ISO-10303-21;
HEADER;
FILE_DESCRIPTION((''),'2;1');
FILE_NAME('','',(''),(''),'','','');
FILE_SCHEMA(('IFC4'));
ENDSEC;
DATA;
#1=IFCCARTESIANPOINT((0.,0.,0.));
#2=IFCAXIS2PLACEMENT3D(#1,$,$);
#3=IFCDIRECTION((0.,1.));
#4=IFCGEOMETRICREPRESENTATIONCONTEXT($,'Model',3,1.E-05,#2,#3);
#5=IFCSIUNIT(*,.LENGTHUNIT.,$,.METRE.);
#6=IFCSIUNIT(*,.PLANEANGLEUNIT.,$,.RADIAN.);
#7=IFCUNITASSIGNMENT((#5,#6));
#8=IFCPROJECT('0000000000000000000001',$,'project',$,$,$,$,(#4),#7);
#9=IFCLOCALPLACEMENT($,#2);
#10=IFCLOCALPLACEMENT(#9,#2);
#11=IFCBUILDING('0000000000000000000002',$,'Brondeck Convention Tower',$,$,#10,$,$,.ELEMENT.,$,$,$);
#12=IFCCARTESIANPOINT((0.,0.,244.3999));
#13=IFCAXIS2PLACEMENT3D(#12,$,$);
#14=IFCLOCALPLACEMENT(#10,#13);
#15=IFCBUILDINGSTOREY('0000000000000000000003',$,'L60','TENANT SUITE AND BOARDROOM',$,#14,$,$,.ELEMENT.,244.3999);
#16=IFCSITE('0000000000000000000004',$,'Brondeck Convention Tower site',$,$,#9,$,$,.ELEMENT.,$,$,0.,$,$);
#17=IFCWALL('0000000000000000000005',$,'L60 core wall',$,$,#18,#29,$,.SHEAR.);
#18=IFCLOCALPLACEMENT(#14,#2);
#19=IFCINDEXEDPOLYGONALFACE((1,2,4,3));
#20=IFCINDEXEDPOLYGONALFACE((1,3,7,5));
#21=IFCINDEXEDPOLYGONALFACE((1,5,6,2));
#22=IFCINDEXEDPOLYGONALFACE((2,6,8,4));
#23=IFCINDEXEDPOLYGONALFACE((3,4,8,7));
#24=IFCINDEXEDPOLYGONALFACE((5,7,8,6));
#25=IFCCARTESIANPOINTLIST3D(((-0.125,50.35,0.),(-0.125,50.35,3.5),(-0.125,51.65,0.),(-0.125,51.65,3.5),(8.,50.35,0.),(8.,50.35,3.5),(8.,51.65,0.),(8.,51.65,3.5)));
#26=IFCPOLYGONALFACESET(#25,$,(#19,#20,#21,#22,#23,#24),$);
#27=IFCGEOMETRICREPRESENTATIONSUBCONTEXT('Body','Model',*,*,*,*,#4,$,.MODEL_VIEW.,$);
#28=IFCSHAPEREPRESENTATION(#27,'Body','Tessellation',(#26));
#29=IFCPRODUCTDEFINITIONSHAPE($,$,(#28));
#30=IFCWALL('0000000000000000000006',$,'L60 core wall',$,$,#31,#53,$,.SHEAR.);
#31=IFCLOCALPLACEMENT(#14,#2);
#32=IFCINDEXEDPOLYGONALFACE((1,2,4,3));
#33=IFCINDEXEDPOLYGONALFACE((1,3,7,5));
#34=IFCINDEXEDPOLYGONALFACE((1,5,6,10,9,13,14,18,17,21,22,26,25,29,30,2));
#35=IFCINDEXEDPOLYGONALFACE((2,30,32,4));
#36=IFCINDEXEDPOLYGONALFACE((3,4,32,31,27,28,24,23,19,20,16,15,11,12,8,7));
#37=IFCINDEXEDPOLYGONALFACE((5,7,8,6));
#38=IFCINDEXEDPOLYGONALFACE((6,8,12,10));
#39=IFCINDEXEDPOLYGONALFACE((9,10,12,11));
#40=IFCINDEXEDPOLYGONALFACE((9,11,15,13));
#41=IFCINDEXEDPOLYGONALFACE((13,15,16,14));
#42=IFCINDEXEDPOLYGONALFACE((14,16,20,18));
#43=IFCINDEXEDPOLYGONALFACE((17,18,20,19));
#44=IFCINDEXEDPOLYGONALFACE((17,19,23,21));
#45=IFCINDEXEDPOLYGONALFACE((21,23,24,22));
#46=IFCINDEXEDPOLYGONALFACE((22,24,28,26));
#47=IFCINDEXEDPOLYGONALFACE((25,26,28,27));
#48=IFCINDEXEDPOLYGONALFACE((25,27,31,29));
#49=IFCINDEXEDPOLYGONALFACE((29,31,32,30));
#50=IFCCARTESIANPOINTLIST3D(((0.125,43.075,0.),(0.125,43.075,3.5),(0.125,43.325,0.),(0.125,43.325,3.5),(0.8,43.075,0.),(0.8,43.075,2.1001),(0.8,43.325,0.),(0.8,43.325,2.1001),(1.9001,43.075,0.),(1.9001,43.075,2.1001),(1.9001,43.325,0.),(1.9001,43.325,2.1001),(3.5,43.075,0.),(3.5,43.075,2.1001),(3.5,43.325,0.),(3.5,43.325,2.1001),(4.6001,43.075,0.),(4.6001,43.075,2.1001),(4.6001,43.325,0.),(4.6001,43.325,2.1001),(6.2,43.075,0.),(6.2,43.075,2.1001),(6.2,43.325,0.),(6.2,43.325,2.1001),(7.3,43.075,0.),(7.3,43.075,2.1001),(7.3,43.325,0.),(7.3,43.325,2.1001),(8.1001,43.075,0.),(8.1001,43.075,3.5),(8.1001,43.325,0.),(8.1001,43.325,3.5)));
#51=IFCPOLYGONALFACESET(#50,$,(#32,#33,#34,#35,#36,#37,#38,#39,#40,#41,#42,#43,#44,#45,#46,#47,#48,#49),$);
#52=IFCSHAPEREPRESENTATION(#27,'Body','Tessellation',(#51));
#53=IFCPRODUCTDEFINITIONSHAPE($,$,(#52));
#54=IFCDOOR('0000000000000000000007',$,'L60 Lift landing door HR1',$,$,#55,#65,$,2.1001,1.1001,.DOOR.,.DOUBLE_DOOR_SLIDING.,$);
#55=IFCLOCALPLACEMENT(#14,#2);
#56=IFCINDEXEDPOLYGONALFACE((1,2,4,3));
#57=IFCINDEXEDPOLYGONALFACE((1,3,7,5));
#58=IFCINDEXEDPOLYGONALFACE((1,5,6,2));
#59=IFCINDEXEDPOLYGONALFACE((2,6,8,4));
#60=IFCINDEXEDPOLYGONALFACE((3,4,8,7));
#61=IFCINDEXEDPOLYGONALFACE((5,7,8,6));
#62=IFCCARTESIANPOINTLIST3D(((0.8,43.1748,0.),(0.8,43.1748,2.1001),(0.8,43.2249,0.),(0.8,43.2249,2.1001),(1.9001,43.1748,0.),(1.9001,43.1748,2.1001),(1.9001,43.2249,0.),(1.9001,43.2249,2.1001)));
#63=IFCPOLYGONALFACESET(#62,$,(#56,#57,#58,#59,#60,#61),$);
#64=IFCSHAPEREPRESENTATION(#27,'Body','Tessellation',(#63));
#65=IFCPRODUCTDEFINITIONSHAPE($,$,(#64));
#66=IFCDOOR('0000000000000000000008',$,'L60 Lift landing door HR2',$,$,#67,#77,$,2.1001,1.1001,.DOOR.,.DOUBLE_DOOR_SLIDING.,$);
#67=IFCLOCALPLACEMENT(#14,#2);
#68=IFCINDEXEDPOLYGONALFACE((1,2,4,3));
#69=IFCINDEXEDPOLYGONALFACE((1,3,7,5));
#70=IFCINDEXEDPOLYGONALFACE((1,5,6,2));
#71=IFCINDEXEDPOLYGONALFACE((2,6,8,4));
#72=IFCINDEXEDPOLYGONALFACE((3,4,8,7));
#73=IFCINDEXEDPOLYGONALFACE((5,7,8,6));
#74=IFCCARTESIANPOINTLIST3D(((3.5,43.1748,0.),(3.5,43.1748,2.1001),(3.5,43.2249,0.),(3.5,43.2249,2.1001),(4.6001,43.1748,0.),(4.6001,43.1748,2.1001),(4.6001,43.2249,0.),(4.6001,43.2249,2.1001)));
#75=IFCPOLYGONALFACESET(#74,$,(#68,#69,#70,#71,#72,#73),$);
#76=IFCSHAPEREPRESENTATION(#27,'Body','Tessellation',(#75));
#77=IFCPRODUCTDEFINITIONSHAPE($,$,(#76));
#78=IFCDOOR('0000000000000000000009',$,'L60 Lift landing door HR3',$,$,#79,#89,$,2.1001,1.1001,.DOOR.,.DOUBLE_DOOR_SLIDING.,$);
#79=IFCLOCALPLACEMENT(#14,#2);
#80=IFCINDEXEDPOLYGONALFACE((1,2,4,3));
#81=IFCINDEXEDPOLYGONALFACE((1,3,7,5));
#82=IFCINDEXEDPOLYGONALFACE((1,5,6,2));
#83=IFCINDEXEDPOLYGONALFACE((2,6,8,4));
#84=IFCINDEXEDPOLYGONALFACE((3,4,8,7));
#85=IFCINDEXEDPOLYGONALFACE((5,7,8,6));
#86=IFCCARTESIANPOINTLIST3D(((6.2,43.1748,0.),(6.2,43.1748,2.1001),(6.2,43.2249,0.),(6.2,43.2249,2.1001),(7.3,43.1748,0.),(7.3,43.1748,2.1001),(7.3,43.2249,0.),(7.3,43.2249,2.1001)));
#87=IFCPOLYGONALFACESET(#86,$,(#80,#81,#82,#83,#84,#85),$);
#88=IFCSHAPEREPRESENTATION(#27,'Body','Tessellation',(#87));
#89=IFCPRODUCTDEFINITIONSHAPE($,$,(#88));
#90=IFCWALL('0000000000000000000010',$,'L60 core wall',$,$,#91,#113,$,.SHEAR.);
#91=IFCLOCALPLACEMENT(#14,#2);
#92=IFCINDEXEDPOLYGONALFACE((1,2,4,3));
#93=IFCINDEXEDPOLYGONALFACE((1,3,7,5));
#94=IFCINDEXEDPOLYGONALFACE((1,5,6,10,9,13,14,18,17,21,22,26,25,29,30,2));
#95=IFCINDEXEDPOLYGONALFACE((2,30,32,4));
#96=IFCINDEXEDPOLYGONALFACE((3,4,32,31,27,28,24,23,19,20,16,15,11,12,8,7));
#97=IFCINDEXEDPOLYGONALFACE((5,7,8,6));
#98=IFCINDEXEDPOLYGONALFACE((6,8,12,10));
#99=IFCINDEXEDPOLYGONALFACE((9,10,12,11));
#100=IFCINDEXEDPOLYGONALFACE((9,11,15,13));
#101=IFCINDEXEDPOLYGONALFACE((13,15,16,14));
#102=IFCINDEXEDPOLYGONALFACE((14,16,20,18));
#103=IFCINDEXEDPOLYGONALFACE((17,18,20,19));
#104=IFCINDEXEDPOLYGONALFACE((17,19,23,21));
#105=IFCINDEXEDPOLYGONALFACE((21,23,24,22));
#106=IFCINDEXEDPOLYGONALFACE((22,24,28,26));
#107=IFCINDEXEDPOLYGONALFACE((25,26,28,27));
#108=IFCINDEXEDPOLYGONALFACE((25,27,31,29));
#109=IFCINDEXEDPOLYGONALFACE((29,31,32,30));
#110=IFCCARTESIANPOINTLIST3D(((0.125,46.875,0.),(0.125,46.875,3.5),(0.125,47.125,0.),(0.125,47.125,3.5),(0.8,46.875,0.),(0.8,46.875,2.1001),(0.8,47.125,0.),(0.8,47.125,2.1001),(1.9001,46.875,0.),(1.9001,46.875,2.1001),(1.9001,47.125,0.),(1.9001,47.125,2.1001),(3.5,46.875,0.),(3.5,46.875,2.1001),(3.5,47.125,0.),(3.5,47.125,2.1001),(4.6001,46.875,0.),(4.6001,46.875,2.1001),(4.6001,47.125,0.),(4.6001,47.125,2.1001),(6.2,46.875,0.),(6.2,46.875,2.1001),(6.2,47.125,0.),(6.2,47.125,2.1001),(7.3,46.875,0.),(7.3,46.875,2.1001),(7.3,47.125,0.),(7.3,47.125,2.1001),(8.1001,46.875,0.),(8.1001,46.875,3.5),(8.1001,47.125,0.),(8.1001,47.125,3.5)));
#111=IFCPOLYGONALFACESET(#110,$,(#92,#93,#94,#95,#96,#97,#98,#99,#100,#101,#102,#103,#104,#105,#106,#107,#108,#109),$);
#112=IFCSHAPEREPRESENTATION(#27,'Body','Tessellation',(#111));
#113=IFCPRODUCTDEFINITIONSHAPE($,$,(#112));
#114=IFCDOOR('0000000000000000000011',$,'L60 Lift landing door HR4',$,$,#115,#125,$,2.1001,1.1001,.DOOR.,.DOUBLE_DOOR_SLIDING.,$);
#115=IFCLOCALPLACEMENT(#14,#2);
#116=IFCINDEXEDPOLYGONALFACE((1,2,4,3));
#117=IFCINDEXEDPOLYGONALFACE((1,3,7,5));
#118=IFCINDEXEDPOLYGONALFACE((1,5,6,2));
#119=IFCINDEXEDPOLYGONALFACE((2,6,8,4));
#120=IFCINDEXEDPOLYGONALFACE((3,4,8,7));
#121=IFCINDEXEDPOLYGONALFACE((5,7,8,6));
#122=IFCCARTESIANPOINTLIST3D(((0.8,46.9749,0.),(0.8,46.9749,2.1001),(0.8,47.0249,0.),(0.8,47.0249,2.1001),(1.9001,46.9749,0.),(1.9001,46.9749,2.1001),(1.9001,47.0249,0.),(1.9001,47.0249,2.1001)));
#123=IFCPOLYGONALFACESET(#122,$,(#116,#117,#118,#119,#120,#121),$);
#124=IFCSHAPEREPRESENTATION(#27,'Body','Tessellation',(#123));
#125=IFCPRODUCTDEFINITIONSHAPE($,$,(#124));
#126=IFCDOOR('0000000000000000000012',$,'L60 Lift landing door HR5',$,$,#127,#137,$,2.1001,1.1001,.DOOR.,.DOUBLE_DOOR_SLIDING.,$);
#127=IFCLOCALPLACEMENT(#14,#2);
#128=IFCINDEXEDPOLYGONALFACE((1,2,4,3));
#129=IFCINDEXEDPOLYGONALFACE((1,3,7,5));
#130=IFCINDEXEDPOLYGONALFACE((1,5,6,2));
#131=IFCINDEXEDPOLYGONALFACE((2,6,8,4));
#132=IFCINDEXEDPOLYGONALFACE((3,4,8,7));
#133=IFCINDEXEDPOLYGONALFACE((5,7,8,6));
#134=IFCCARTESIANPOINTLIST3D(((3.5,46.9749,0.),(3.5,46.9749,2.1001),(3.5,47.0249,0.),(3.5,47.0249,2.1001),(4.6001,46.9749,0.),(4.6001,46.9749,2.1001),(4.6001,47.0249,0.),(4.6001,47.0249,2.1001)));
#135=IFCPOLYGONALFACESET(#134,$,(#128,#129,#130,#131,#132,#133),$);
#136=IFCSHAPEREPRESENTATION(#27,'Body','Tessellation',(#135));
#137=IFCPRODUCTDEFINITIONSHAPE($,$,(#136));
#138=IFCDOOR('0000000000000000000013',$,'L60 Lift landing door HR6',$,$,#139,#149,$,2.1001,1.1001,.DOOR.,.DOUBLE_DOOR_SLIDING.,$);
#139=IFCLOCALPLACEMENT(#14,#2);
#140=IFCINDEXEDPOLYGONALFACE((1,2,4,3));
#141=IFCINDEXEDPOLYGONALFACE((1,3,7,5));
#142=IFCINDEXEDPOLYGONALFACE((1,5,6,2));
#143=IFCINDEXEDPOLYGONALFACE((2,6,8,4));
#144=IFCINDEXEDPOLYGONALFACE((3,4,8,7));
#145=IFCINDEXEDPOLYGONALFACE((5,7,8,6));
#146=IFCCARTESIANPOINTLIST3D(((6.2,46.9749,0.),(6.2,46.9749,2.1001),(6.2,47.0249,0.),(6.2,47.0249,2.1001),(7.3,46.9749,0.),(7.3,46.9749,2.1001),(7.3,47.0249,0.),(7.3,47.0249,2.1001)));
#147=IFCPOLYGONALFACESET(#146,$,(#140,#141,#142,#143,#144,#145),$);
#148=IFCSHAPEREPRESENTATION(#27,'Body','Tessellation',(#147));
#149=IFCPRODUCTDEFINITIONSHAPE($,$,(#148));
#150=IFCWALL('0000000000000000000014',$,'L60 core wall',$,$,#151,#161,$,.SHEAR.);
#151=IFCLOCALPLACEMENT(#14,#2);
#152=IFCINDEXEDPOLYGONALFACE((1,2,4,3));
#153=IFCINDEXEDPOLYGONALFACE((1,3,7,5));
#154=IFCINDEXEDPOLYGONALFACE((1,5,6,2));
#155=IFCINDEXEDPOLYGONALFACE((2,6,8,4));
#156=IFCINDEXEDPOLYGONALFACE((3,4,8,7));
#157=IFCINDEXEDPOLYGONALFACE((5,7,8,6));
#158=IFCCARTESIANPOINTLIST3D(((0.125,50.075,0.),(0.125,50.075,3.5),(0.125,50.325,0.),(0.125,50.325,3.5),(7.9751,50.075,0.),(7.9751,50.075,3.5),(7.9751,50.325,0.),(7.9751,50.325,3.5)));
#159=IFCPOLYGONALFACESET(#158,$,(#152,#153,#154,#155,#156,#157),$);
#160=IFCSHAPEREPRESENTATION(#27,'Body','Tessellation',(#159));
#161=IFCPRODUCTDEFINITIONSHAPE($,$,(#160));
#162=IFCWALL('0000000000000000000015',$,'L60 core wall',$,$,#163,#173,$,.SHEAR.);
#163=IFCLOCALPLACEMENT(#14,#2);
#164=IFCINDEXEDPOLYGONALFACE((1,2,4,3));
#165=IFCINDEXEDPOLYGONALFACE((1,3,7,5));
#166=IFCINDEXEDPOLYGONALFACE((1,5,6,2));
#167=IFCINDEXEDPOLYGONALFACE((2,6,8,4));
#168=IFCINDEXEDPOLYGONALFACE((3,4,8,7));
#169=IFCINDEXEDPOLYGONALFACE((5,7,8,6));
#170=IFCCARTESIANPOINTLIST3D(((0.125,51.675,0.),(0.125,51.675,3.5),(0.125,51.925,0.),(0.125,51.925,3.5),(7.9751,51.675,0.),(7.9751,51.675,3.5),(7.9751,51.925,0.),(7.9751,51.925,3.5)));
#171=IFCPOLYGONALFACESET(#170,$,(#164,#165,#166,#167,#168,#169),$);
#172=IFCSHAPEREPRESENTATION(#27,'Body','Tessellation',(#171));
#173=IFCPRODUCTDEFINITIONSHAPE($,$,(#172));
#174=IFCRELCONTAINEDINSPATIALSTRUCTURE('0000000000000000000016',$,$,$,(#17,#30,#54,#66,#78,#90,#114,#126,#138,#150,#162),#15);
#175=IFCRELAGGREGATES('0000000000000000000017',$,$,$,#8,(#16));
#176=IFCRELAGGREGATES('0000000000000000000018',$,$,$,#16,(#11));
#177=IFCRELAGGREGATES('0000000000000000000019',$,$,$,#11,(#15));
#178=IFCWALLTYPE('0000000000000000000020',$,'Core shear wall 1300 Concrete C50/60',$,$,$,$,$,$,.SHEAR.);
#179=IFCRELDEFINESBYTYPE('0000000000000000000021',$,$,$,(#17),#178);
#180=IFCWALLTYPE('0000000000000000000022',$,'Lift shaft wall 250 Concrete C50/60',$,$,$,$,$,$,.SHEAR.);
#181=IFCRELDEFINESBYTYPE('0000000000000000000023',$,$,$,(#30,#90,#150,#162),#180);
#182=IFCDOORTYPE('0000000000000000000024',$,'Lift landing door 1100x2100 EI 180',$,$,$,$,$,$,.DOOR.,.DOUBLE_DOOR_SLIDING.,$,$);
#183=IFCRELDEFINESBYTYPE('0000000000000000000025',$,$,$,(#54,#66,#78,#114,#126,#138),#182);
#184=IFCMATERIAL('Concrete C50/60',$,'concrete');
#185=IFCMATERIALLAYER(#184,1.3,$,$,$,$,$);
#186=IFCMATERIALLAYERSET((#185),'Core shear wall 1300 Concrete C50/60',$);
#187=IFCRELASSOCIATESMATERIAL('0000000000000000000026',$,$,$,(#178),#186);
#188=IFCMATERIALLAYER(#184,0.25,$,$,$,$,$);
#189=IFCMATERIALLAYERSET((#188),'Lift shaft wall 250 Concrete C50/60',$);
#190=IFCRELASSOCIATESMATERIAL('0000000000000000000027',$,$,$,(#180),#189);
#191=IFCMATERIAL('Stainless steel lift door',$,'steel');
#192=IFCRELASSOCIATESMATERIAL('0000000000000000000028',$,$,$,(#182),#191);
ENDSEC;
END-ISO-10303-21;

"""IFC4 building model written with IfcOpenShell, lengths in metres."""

from ifc_helpers import new_model, si_unit, direction, frame, frame_2d, origin, place, context, subcontext, project, spatial, rectangle, extrude, material, layer, layer_set, type_object, element, fill, save


model = new_model("IFC4")

# Units and contexts
model_context = context("Model", 3, precision=1e-05, world=origin(), true_north=direction((0.0, 1.0)))
body_context = subcontext(model_context, "Body", "Model", "MODEL_VIEW")
ifc_project = project(units=[si_unit("LENGTHUNIT", "METRE"), si_unit("PLANEANGLEUNIT", "RADIAN")], contexts=[model_context])

# Site, building, storey
site_placement = place(None, origin())
site = spatial("IfcSite", under=ifc_project, at=site_placement, Name="Brondeck Convention Tower site", CompositionType="ELEMENT", RefElevation=0.0)
building_placement = place(site_placement, origin())
building = spatial("IfcBuilding", under=site, at=building_placement, Name="Brondeck Convention Tower", CompositionType="ELEMENT")
storey_placement = place(building_placement, frame((0.0, 0.0, 244.3999)))
storey = spatial("IfcBuildingStorey", under=building, at=storey_placement, Name="L60", Description="TENANT SUITE AND BOARDROOM", CompositionType="ELEMENT", Elevation=244.3999)

# Shared definitions
ifc_material_1 = material(Name="Concrete C50/60", Category="concrete")

# Wall
ifc_layer_1 = layer(ifc_material_1, 1.3)
ifc_layer_set_1 = layer_set([ifc_layer_1], Name="Core shear wall 1300 Concrete C50/60")
wall_type_1 = type_object("IfcWallType", Name="Core shear wall 1300 Concrete C50/60", PredefinedType="SHEAR", material=ifc_layer_set_1)
wall_1_placement = place(storey_placement, frame((-0.125, 51.0, 0.0), z_axis=(0.0, 0.0, 1.0), x_axis=(1.0, 0.0, 0.0)))
element("IfcWall", 1, at=wall_1_placement, inside=storey, type_object=wall_type_1, Name="L60 core wall", PredefinedType="SHEAR", context=body_context, shape_type="SweptSolid", body=[
    extrude(rectangle(XDim=8.125, YDim=1.3, at=frame_2d((4.0625, 0.0))), origin(), (0.0, 0.0, 1.0), 3.5),
])

# Walls, openings, doors
ifc_layer_2 = layer(ifc_material_1, 0.25)
ifc_layer_set_2 = layer_set([ifc_layer_2], Name="Lift shaft wall 250 Concrete C50/60")
wall_type_2 = type_object("IfcWallType", Name="Lift shaft wall 250 Concrete C50/60", PredefinedType="SHEAR", material=ifc_layer_set_2)
wall_2_placement = place(storey_placement, frame((0.125, 43.2, 0.0), z_axis=(0.0, 0.0, 1.0), x_axis=(1.0, 0.0, 0.0)))
wall_2 = element("IfcWall", 2, at=wall_2_placement, inside=storey, type_object=wall_type_2, Name="L60 core wall", PredefinedType="SHEAR", context=body_context, shape_type="SweptSolid", body=[
    extrude(rectangle(XDim=7.9751, YDim=0.25, at=frame_2d((3.9875, 0.0))), origin(), (0.0, 0.0, 1.0), 3.5),
])
opening_1_placement = place(wall_2_placement, frame((0.675, 0.0, 0.0)))
opening_1 = element("IfcOpeningElement", 3, at=opening_1_placement, cuts=wall_2, PredefinedType="OPENING", context=body_context, shape_type="SweptSolid", body=[
    extrude(rectangle(XDim=1.1001, YDim=2.1001, at=frame_2d((0.55, 1.05))), frame((0.0, 0.135, 0.0), z_axis=(0.0, -1.0, 0.0), x_axis=(1.0, 0.0, 0.0)), (0.0, 0.0, 1.0), 0.27),
])
opening_2_placement = place(wall_2_placement, frame((3.375, 0.0, 0.0)))
opening_2 = element("IfcOpeningElement", 4, at=opening_2_placement, cuts=wall_2, PredefinedType="OPENING", context=body_context, shape_type="SweptSolid", body=[
    extrude(rectangle(XDim=1.1001, YDim=2.1001, at=frame_2d((0.55, 1.05))), frame((0.0, 0.135, 0.0), z_axis=(0.0, -1.0, 0.0), x_axis=(1.0, 0.0, 0.0)), (0.0, 0.0, 1.0), 0.27),
])
opening_3_placement = place(wall_2_placement, frame((6.075, 0.0, 0.0)))
opening_3 = element("IfcOpeningElement", 5, at=opening_3_placement, cuts=wall_2, PredefinedType="OPENING", context=body_context, shape_type="SweptSolid", body=[
    extrude(rectangle(XDim=1.1001, YDim=2.1001, at=frame_2d((0.55, 1.05))), frame((0.0, 0.135, 0.0), z_axis=(0.0, -1.0, 0.0), x_axis=(1.0, 0.0, 0.0)), (0.0, 0.0, 1.0), 0.27),
])
ifc_material_2 = material(Name="Stainless steel lift door", Category="steel")
door_type_1 = type_object("IfcDoorType", Name="Lift landing door 1100x2100 EI 180", OperationType="DOUBLE_DOOR_SLIDING", PredefinedType="DOOR", material=ifc_material_2)
door_1_placement = place(opening_1_placement, origin())
door_1 = element("IfcDoor", 6, at=door_1_placement, inside=storey, type_object=door_type_1, Name="L60 Lift landing door HR1", OperationType="DOUBLE_DOOR_SLIDING", OverallHeight=2.1001, OverallWidth=1.1001, PredefinedType="DOOR", context=body_context, shape_type="SweptSolid", body=[
    extrude(rectangle(XDim=1.1001, YDim=2.1001, at=frame_2d((0.55, 1.05))), frame((0.0, 0.0249, 0.0), z_axis=(0.0, -1.0, 0.0), x_axis=(1.0, 0.0, 0.0)), (0.0, 0.0, 1.0), 0.05),
])
fill(opening_1, door_1)
door_2_placement = place(opening_2_placement, origin())
door_2 = element("IfcDoor", 7, at=door_2_placement, inside=storey, type_object=door_type_1, Name="L60 Lift landing door HR2", OperationType="DOUBLE_DOOR_SLIDING", OverallHeight=2.1001, OverallWidth=1.1001, PredefinedType="DOOR", context=body_context, shape_type="SweptSolid", body=[
    extrude(rectangle(XDim=1.1001, YDim=2.1001, at=frame_2d((0.55, 1.05))), frame((0.0, 0.0249, 0.0), z_axis=(0.0, -1.0, 0.0), x_axis=(1.0, 0.0, 0.0)), (0.0, 0.0, 1.0), 0.05),
])
fill(opening_2, door_2)
door_3_placement = place(opening_3_placement, origin())
door_3 = element("IfcDoor", 8, at=door_3_placement, inside=storey, type_object=door_type_1, Name="L60 Lift landing door HR3", OperationType="DOUBLE_DOOR_SLIDING", OverallHeight=2.1001, OverallWidth=1.1001, PredefinedType="DOOR", context=body_context, shape_type="SweptSolid", body=[
    extrude(rectangle(XDim=1.1001, YDim=2.1001, at=frame_2d((0.55, 1.05))), frame((0.0, 0.0249, 0.0), z_axis=(0.0, -1.0, 0.0), x_axis=(1.0, 0.0, 0.0)), (0.0, 0.0, 1.0), 0.05),
])
fill(opening_3, door_3)
wall_3_placement = place(storey_placement, frame((0.125, 47.0, 0.0), z_axis=(0.0, 0.0, 1.0), x_axis=(1.0, 0.0, 0.0)))
wall_3 = element("IfcWall", 9, at=wall_3_placement, inside=storey, type_object=wall_type_2, Name="L60 core wall", PredefinedType="SHEAR", context=body_context, shape_type="SweptSolid", body=[
    extrude(rectangle(XDim=7.9751, YDim=0.25, at=frame_2d((3.9875, 0.0))), origin(), (0.0, 0.0, 1.0), 3.5),
])
opening_4_placement = place(wall_3_placement, frame((0.675, 0.0, 0.0)))
opening_4 = element("IfcOpeningElement", 10, at=opening_4_placement, cuts=wall_3, PredefinedType="OPENING", context=body_context, shape_type="SweptSolid", body=[
    extrude(rectangle(XDim=1.1001, YDim=2.1001, at=frame_2d((0.55, 1.05))), frame((0.0, 0.135, 0.0), z_axis=(0.0, -1.0, 0.0), x_axis=(1.0, 0.0, 0.0)), (0.0, 0.0, 1.0), 0.27),
])
opening_5_placement = place(wall_3_placement, frame((3.375, 0.0, 0.0)))
opening_5 = element("IfcOpeningElement", 11, at=opening_5_placement, cuts=wall_3, PredefinedType="OPENING", context=body_context, shape_type="SweptSolid", body=[
    extrude(rectangle(XDim=1.1001, YDim=2.1001, at=frame_2d((0.55, 1.05))), frame((0.0, 0.135, 0.0), z_axis=(0.0, -1.0, 0.0), x_axis=(1.0, 0.0, 0.0)), (0.0, 0.0, 1.0), 0.27),
])
opening_6_placement = place(wall_3_placement, frame((6.075, 0.0, 0.0)))
opening_6 = element("IfcOpeningElement", 12, at=opening_6_placement, cuts=wall_3, PredefinedType="OPENING", context=body_context, shape_type="SweptSolid", body=[
    extrude(rectangle(XDim=1.1001, YDim=2.1001, at=frame_2d((0.55, 1.05))), frame((0.0, 0.135, 0.0), z_axis=(0.0, -1.0, 0.0), x_axis=(1.0, 0.0, 0.0)), (0.0, 0.0, 1.0), 0.27),
])
door_4_placement = place(opening_4_placement, origin())
door_4 = element("IfcDoor", 13, at=door_4_placement, inside=storey, type_object=door_type_1, Name="L60 Lift landing door HR4", OperationType="DOUBLE_DOOR_SLIDING", OverallHeight=2.1001, OverallWidth=1.1001, PredefinedType="DOOR", context=body_context, shape_type="SweptSolid", body=[
    extrude(rectangle(XDim=1.1001, YDim=2.1001, at=frame_2d((0.55, 1.05))), frame((0.0, 0.0249, 0.0), z_axis=(0.0, -1.0, 0.0), x_axis=(1.0, 0.0, 0.0)), (0.0, 0.0, 1.0), 0.05),
])
fill(opening_4, door_4)
door_5_placement = place(opening_5_placement, origin())
door_5 = element("IfcDoor", 14, at=door_5_placement, inside=storey, type_object=door_type_1, Name="L60 Lift landing door HR5", OperationType="DOUBLE_DOOR_SLIDING", OverallHeight=2.1001, OverallWidth=1.1001, PredefinedType="DOOR", context=body_context, shape_type="SweptSolid", body=[
    extrude(rectangle(XDim=1.1001, YDim=2.1001, at=frame_2d((0.55, 1.05))), frame((0.0, 0.0249, 0.0), z_axis=(0.0, -1.0, 0.0), x_axis=(1.0, 0.0, 0.0)), (0.0, 0.0, 1.0), 0.05),
])
fill(opening_5, door_5)
door_6_placement = place(opening_6_placement, origin())
door_6 = element("IfcDoor", 15, at=door_6_placement, inside=storey, type_object=door_type_1, Name="L60 Lift landing door HR6", OperationType="DOUBLE_DOOR_SLIDING", OverallHeight=2.1001, OverallWidth=1.1001, PredefinedType="DOOR", context=body_context, shape_type="SweptSolid", body=[
    extrude(rectangle(XDim=1.1001, YDim=2.1001, at=frame_2d((0.55, 1.05))), frame((0.0, 0.0249, 0.0), z_axis=(0.0, -1.0, 0.0), x_axis=(1.0, 0.0, 0.0)), (0.0, 0.0, 1.0), 0.05),
])
fill(opening_6, door_6)

# Walls
for number, where, z_axis, x_axis, name in (
    (16, (0.125, 50.2, 0.0), (0.0, 0.0, 1.0), (1.0, 0.0, 0.0), "L60 core wall"),
    (17, (0.125, 51.8, 0.0), (0.0, 0.0, 1.0), (1.0, 0.0, 0.0), "L60 core wall"),
):
    element("IfcWall", number, at=place(storey_placement, frame(where, z_axis=z_axis, x_axis=x_axis)), inside=storey, type_object=wall_type_2, Name=name, PredefinedType="SHEAR", context=body_context, shape_type="SweptSolid", body=[
        extrude(rectangle(XDim=7.8501, YDim=0.25, at=frame_2d((3.925, 0.0))), origin(), (0.0, 0.0, 1.0), 3.5),
    ])

save(model, "model.ifc")
